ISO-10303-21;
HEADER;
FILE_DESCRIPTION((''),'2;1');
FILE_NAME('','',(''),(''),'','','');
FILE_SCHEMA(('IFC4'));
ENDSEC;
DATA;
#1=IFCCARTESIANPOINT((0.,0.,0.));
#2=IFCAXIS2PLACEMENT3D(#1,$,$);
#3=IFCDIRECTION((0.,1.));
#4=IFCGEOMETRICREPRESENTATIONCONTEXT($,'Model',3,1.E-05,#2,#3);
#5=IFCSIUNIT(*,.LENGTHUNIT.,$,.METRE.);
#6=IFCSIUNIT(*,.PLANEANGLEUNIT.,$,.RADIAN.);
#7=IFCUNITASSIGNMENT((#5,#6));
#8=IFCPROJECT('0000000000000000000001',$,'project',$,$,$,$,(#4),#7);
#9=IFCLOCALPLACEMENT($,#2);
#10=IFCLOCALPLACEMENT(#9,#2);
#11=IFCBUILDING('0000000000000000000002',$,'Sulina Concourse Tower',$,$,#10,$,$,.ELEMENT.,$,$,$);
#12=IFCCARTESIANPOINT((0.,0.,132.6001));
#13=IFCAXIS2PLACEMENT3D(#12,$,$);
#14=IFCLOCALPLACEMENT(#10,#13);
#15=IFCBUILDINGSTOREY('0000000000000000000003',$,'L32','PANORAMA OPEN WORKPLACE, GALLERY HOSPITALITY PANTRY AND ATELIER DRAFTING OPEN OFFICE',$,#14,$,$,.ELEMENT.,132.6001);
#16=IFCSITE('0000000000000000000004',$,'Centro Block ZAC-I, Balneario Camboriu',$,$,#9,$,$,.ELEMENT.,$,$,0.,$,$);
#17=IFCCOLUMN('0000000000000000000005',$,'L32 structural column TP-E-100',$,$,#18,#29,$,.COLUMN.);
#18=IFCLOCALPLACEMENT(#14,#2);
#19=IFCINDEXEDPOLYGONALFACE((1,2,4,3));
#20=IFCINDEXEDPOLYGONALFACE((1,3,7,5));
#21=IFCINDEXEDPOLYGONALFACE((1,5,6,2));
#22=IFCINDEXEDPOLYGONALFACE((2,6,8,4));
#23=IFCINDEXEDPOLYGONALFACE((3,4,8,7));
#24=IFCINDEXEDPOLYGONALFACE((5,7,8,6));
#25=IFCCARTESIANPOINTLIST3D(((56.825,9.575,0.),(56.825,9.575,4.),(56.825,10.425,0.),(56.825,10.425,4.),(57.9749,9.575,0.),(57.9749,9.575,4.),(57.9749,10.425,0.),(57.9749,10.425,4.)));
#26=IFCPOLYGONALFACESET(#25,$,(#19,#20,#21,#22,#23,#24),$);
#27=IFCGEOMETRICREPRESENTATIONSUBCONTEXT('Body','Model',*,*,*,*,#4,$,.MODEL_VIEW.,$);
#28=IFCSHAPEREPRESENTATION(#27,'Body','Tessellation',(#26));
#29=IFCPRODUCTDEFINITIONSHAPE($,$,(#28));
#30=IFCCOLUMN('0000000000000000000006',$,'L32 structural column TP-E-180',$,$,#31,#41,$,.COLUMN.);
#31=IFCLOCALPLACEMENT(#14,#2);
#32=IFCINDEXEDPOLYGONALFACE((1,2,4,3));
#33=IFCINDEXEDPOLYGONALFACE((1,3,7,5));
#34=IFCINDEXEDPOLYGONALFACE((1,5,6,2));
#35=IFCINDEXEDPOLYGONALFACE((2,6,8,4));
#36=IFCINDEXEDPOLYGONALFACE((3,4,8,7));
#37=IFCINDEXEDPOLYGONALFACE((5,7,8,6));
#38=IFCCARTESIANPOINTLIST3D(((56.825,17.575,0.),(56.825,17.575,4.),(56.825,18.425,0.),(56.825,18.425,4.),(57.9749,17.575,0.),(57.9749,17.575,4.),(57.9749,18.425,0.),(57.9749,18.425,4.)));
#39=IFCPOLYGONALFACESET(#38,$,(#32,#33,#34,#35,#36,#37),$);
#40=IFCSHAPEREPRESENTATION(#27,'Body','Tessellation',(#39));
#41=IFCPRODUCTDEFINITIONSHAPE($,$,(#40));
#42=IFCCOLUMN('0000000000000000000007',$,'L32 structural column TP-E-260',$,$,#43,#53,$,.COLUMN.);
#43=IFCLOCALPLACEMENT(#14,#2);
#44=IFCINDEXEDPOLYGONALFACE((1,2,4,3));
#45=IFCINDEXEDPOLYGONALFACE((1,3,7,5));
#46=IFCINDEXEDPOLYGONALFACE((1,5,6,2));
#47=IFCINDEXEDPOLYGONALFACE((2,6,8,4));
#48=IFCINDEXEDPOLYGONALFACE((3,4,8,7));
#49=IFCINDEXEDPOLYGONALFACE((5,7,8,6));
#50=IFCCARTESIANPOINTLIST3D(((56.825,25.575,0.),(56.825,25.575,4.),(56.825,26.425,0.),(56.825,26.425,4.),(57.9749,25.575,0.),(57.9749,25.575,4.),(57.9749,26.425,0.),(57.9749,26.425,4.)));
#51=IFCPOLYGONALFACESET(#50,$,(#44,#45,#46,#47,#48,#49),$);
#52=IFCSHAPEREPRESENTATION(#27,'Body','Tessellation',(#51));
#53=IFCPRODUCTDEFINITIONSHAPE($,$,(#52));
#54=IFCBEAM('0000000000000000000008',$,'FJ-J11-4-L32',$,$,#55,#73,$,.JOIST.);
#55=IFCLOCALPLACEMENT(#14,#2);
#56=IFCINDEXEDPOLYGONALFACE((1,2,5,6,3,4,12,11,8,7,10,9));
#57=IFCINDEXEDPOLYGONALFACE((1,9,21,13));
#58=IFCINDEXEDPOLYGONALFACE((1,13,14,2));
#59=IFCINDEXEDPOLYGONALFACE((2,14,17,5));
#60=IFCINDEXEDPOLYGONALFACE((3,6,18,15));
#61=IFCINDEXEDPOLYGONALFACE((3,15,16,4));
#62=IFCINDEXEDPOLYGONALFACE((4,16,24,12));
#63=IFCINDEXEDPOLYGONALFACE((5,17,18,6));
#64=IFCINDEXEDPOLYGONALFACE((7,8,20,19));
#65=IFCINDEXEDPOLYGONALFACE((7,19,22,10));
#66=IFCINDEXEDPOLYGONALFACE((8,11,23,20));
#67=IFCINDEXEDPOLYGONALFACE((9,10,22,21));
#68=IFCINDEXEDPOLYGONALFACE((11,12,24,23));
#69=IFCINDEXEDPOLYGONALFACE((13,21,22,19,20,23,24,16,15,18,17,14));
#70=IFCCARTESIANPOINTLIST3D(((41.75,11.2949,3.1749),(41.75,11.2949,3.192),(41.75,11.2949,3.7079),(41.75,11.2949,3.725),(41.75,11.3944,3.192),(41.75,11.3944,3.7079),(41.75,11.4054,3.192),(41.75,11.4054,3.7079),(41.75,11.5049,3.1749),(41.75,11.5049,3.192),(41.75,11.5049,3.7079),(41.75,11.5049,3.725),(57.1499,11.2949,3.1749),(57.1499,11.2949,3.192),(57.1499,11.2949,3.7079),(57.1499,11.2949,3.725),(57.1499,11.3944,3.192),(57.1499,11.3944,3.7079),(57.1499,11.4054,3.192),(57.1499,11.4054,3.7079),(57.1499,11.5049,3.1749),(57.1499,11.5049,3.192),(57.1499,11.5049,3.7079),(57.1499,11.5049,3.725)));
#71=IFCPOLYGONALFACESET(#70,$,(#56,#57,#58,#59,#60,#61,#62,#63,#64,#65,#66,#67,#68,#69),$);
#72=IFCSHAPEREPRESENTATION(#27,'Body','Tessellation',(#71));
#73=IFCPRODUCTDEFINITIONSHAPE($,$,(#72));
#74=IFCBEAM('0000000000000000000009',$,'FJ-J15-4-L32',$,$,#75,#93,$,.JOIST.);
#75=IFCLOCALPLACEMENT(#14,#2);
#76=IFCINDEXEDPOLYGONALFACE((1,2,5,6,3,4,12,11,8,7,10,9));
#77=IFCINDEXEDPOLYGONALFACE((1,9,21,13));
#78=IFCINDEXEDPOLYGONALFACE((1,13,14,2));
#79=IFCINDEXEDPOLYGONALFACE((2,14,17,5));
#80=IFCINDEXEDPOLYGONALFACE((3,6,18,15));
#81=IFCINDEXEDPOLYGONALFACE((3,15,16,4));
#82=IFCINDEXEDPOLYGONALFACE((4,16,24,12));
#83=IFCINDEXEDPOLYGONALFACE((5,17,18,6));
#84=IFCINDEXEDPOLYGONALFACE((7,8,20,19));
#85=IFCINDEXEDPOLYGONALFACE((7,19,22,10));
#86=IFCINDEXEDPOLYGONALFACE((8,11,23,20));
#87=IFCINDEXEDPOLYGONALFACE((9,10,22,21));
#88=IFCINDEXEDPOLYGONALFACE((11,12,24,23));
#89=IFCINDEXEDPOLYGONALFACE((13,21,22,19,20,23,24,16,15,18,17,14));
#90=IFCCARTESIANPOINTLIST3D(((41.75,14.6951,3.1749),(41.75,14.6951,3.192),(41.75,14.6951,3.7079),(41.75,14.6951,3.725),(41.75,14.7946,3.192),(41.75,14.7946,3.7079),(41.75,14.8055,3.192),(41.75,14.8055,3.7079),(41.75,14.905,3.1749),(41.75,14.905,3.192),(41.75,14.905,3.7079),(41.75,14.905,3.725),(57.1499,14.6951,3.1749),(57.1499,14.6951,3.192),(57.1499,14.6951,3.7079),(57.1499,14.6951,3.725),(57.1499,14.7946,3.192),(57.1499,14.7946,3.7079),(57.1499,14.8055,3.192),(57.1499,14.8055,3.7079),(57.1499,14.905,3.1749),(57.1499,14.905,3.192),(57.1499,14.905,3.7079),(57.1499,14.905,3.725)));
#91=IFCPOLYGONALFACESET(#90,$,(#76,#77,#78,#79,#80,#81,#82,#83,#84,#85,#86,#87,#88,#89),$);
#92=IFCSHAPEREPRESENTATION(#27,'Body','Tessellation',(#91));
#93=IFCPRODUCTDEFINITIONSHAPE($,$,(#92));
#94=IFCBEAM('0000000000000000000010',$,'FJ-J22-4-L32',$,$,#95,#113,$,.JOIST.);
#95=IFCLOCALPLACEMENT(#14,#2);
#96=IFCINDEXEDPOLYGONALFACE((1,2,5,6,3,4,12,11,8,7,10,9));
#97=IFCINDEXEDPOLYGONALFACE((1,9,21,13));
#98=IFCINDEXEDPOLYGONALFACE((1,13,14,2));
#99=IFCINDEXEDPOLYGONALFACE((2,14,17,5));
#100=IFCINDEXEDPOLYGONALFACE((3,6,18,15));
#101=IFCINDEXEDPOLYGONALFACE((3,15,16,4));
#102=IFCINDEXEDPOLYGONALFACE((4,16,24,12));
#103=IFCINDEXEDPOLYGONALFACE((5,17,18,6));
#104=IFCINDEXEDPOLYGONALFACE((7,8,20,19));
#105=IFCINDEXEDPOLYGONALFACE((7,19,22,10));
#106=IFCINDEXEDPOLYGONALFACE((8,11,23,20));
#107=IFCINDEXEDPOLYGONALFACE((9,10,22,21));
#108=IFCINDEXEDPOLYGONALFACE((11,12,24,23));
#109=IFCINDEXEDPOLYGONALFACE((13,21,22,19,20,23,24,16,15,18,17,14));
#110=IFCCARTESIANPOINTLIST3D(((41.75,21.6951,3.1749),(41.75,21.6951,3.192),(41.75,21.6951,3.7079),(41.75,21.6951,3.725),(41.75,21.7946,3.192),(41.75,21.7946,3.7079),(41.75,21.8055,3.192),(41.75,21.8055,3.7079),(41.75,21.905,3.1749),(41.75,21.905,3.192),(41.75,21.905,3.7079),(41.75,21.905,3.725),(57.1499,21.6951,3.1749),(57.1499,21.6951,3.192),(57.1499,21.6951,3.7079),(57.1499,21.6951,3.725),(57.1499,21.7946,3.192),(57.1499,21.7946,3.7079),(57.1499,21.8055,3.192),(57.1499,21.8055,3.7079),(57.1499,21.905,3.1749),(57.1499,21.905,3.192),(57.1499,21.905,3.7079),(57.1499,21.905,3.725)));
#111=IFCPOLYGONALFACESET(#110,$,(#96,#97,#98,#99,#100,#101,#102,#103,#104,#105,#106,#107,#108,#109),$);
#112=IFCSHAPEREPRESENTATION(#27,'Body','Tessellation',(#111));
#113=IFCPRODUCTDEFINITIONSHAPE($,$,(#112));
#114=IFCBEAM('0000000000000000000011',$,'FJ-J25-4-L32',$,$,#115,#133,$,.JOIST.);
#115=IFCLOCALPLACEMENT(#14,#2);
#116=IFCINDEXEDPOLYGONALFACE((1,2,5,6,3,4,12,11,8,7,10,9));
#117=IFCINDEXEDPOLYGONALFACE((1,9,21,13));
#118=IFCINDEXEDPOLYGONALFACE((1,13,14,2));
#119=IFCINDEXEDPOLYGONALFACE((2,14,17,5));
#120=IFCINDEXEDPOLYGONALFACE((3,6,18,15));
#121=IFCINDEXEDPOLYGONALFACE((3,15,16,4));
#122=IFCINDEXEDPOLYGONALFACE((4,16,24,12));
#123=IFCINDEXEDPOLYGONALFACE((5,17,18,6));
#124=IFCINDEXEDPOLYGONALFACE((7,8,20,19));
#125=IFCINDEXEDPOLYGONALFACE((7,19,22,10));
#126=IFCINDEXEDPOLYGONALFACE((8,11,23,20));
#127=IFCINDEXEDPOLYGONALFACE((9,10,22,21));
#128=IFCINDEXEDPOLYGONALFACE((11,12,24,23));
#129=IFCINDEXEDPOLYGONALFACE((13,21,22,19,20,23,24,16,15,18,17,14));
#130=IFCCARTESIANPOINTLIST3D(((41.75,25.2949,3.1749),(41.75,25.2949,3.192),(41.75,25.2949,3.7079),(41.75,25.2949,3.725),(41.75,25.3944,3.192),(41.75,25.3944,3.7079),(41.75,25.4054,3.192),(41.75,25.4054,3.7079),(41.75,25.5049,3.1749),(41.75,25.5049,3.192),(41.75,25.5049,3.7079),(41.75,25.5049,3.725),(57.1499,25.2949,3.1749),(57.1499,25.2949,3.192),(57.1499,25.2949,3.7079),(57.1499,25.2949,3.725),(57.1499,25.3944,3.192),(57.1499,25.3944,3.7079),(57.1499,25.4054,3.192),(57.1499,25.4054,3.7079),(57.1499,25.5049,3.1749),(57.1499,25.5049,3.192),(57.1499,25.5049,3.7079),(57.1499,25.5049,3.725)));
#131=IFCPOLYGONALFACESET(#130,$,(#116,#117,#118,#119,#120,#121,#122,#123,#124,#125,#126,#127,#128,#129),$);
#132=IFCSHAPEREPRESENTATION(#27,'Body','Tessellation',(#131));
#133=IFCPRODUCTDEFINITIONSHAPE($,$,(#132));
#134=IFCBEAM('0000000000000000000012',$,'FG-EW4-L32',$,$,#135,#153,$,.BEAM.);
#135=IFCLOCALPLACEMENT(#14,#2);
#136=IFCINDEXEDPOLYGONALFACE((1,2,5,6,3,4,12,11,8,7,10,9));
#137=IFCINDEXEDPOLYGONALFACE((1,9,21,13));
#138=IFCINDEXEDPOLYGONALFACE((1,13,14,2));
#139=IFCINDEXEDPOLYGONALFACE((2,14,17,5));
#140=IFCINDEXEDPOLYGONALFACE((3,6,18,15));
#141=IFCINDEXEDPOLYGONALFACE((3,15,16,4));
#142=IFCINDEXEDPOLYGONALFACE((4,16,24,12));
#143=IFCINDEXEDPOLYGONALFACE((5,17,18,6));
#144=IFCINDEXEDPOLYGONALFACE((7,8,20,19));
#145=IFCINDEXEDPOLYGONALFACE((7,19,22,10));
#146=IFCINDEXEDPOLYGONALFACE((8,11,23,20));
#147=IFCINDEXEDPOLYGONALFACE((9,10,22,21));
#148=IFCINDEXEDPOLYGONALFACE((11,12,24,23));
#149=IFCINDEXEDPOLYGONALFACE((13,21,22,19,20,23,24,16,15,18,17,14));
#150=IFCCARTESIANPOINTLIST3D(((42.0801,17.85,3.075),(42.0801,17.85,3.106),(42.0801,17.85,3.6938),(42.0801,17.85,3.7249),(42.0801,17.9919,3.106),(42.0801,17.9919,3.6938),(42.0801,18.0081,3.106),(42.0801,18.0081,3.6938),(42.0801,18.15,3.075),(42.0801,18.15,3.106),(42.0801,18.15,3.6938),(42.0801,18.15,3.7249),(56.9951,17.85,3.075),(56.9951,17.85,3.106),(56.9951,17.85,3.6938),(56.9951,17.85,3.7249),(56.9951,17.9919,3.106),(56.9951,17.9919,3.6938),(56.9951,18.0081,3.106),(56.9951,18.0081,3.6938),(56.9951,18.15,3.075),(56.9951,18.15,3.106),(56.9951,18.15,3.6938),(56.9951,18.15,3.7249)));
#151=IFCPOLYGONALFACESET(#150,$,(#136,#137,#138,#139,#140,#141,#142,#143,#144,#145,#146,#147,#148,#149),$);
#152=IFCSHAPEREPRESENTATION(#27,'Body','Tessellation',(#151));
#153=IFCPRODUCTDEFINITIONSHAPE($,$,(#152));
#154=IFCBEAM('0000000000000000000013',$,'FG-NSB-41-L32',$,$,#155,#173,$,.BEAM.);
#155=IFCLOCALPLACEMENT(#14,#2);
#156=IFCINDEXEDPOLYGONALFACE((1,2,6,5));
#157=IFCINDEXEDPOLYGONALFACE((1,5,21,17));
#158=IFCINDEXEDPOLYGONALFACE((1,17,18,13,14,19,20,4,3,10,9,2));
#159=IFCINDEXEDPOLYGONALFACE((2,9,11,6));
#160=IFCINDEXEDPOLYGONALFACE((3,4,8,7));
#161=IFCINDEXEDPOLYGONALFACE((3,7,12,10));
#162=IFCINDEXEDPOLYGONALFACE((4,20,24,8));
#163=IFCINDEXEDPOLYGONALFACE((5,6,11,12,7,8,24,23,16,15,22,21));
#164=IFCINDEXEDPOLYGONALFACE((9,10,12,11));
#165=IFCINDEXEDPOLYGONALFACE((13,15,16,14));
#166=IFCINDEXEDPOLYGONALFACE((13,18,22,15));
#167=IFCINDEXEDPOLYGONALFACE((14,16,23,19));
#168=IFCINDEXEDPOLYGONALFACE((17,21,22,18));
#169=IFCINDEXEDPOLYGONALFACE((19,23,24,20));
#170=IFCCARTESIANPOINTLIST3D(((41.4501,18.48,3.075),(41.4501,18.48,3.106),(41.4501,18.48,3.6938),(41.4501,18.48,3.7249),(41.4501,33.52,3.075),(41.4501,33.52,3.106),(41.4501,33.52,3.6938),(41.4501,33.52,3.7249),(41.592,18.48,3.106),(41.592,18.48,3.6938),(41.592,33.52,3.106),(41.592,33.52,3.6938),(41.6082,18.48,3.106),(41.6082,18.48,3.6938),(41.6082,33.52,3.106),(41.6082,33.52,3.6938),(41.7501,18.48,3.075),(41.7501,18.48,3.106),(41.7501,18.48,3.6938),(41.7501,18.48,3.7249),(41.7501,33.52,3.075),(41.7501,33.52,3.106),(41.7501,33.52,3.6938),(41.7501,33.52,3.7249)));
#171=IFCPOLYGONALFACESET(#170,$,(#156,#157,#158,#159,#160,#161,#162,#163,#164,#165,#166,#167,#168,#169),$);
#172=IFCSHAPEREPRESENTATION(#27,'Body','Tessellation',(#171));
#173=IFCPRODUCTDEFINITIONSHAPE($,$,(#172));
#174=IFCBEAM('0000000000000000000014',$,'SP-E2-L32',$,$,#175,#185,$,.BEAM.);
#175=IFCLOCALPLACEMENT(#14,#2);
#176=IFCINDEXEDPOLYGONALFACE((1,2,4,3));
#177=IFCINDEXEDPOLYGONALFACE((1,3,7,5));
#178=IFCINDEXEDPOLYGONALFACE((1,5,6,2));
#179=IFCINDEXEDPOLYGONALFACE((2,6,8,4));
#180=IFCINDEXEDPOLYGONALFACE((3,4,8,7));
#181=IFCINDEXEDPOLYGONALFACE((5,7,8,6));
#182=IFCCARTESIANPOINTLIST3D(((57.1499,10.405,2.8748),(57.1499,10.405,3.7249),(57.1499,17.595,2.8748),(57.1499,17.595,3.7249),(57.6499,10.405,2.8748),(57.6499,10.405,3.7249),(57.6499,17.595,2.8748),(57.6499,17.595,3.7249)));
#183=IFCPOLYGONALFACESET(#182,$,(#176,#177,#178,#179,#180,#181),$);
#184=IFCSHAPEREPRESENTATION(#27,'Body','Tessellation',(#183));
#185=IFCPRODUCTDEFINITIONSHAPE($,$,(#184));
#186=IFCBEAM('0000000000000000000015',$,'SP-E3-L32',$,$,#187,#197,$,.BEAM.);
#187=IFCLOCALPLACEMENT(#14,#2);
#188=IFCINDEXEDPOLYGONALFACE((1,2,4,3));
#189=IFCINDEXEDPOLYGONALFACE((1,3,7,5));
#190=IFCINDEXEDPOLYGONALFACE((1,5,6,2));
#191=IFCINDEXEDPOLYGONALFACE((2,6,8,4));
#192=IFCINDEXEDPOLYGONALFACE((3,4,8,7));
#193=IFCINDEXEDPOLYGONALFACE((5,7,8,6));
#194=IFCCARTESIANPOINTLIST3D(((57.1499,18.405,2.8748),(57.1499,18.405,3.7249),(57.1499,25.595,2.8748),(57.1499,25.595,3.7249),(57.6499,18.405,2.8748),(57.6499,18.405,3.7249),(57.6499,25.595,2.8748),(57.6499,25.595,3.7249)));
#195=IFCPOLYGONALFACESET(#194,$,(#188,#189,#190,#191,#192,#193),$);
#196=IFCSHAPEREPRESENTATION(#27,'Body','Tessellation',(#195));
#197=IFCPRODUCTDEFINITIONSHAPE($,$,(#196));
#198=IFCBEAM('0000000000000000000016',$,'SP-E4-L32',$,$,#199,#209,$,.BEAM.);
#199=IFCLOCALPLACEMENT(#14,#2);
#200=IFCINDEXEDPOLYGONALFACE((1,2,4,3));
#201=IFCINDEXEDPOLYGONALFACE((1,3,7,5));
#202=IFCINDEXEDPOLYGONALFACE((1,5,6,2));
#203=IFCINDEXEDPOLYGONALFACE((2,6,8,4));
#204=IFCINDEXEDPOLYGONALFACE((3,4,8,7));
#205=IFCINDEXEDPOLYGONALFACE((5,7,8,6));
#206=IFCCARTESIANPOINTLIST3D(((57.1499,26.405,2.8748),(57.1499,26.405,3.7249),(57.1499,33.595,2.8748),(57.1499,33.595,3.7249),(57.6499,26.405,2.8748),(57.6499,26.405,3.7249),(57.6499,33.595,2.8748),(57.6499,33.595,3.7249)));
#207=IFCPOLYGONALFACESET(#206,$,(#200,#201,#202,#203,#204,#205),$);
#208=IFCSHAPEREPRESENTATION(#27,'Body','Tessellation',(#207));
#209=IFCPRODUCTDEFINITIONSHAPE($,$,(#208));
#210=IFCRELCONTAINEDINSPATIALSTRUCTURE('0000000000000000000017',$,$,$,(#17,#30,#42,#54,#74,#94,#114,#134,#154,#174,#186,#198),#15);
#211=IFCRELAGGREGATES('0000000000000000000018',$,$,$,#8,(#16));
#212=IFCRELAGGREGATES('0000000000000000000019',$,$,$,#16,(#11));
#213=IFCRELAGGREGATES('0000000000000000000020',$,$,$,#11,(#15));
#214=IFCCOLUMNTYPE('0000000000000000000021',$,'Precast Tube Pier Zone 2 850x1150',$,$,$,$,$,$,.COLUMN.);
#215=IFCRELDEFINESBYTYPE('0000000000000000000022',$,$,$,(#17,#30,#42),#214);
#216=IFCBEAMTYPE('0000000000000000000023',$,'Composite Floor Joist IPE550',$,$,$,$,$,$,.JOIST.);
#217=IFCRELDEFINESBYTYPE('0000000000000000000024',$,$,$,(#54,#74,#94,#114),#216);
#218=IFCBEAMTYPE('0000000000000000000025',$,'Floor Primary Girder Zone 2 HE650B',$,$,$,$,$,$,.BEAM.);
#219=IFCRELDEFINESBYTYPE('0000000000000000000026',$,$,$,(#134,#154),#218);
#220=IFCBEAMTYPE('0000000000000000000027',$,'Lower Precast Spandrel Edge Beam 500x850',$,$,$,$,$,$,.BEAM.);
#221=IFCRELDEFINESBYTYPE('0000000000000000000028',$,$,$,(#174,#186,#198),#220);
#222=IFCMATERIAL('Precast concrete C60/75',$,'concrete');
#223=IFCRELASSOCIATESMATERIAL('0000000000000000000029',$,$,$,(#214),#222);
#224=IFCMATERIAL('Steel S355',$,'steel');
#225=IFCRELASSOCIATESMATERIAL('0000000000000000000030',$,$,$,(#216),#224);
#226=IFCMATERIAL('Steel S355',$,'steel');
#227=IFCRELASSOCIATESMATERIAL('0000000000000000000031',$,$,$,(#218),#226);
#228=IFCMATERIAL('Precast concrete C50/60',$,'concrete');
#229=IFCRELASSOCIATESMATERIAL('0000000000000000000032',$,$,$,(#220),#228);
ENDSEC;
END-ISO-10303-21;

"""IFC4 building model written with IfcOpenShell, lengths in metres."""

from ifc_helpers import new_model, si_unit, direction, frame, origin, origin_2d, place, context, subcontext, project, spatial, rectangle, i_section, extrude, material, material_profile, profile_set, type_object, element, save


model = new_model("IFC4")

# Units and contexts
model_context = context("Model", 3, precision=1e-05, world=origin(), true_north=direction((0.0, 1.0)))
body_context = subcontext(model_context, "Body", "Model", "MODEL_VIEW")
ifc_project = project(units=[si_unit("LENGTHUNIT", "METRE"), si_unit("PLANEANGLEUNIT", "RADIAN")], contexts=[model_context])

# Site, building, storey
site_placement = place(None, origin())
site = spatial("IfcSite", under=ifc_project, at=site_placement, Name="Centro Block ZAC-I, Balneario Camboriu", CompositionType="ELEMENT", RefElevation=0.0)
building_placement = place(site_placement, origin())
building = spatial("IfcBuilding", under=site, at=building_placement, Name="Sulina Concourse Tower", CompositionType="ELEMENT")
storey_placement = place(building_placement, frame((0.0, 0.0, 132.6001)))
storey = spatial("IfcBuildingStorey", under=building, at=storey_placement, Name="L32", Description="PANORAMA OPEN WORKPLACE, GALLERY HOSPITALITY PANTRY AND ATELIER DRAFTING OPEN OFFICE", CompositionType="ELEMENT", Elevation=132.6001)

# Columns
ifc_material_1 = material(Name="Precast concrete C60/75", Category="concrete")
ifc_material_profile_1 = material_profile(ifc_material_1, rectangle(XDim=0.8501, YDim=1.1499, at=origin_2d()), Name="PC 850x1150")
ifc_profile_set_1 = profile_set([ifc_material_profile_1], Name="Precast concrete C60/75")
column_type = type_object("IfcColumnType", Name="Precast Tube Pier Zone 2 850x1150", PredefinedType="COLUMN", material=ifc_profile_set_1)
for number, where, z_axis, x_axis, name in (
    (1, (57.3999, 10.0, 0.0), (0.0, 0.0, 1.0), (0.0, 1.0, 0.0), "L32 structural column TP-E-100"),
    (2, (57.3999, 18.0, 0.0), (0.0, 0.0, 1.0), (0.0, 1.0, 0.0), "L32 structural column TP-E-180"),
    (3, (57.3999, 26.0, 0.0), (0.0, 0.0, 1.0), (0.0, 1.0, 0.0), "L32 structural column TP-E-260"),
):
    element("IfcColumn", number, at=place(storey_placement, frame(where, z_axis=z_axis, x_axis=x_axis)), inside=storey, type_object=column_type, Name=name, PredefinedType="COLUMN", context=body_context, shape_type="SweptSolid", body=[
        extrude(rectangle(XDim=0.8501, YDim=1.1499, at=origin_2d()), origin(), (0.0, 0.0, 1.0), 4.0),
    ])

# Beams
ifc_material_2 = material(Name="Steel S355", Category="steel")
ifc_material_profile_2 = material_profile(ifc_material_2, i_section(OverallWidth=0.21, OverallDepth=0.55, WebThickness=0.011, FlangeThickness=0.0171, at=origin_2d()), Name="IPE 550")
ifc_profile_set_2 = profile_set([ifc_material_profile_2], Name="Steel S355")
beam_type_1 = type_object("IfcBeamType", Name="Composite Floor Joist IPE550", PredefinedType="JOIST", material=ifc_profile_set_2)
for number, where, z_axis, x_axis, name in (
    (4, (41.75, 11.3999, 3.45), (1.0, 0.0, 0.0), (0.0, 1.0, 0.0), "FJ-J11-4-L32"),
    (5, (41.75, 14.8, 3.45), (1.0, 0.0, 0.0), (0.0, 1.0, 0.0), "FJ-J15-4-L32"),
    (6, (41.75, 21.8, 3.45), (1.0, 0.0, 0.0), (0.0, 1.0, 0.0), "FJ-J22-4-L32"),
    (7, (41.75, 25.3999, 3.45), (1.0, 0.0, 0.0), (0.0, 1.0, 0.0), "FJ-J25-4-L32"),
):
    element("IfcBeam", number, at=place(storey_placement, frame(where, z_axis=z_axis, x_axis=x_axis)), inside=storey, type_object=beam_type_1, Name=name, PredefinedType="JOIST", context=body_context, shape_type="SweptSolid", body=[
        extrude(i_section(OverallWidth=0.21, OverallDepth=0.55, WebThickness=0.011, FlangeThickness=0.0171, at=origin_2d()), origin(), (0.0, 0.0, 1.0), 15.3999),
    ])
ifc_material_3 = material(Name="Steel S355", Category="steel")
ifc_material_profile_3 = material_profile(ifc_material_3, i_section(OverallWidth=0.3, OverallDepth=0.6499, WebThickness=0.0161, FlangeThickness=0.031, at=origin_2d()), Name="HE 650 B")
ifc_profile_set_3 = profile_set([ifc_material_profile_3], Name="Steel S355")
beam_type_2 = type_object("IfcBeamType", Name="Floor Primary Girder Zone 2 HE650B", PredefinedType="BEAM", material=ifc_profile_set_3)
beam_1_placement = place(storey_placement, frame((42.0801, 18.0, 3.3999), z_axis=(1.0, 0.0, 0.0), x_axis=(0.0, 1.0, 0.0)))
element("IfcBeam", 8, at=beam_1_placement, inside=storey, type_object=beam_type_2, Name="FG-EW4-L32", PredefinedType="BEAM", context=body_context, shape_type="SweptSolid", body=[
    extrude(i_section(OverallWidth=0.3, OverallDepth=0.6499, WebThickness=0.0161, FlangeThickness=0.031, at=origin_2d()), origin(), (0.0, 0.0, 1.0), 14.915),
])
beam_2_placement = place(storey_placement, frame((41.6001, 18.48, 3.3999), z_axis=(0.0, 1.0, 0.0), x_axis=(-1.0, 0.0, 0.0)))
element("IfcBeam", 9, at=beam_2_placement, inside=storey, type_object=beam_type_2, Name="FG-NSB-41-L32", PredefinedType="BEAM", context=body_context, shape_type="SweptSolid", body=[
    extrude(i_section(OverallWidth=0.3, OverallDepth=0.6499, WebThickness=0.0161, FlangeThickness=0.031, at=origin_2d()), origin(), (0.0, 0.0, 1.0), 15.04),
])
ifc_material_4 = material(Name="Precast concrete C50/60", Category="concrete")
ifc_material_profile_4 = material_profile(ifc_material_4, rectangle(XDim=0.5, YDim=0.8501, at=origin_2d()), Name="RC 500x850")
ifc_profile_set_4 = profile_set([ifc_material_profile_4], Name="Precast concrete C50/60")
beam_type_3 = type_object("IfcBeamType", Name="Lower Precast Spandrel Edge Beam 500x850", PredefinedType="BEAM", material=ifc_profile_set_4)
for number, where, z_axis, x_axis, name in (
    (10, (57.3999, 10.405, 3.2998), (0.0, 1.0, 0.0), (-1.0, 0.0, 0.0), "SP-E2-L32"),
    (11, (57.3999, 18.405, 3.2998), (0.0, 1.0, 0.0), (-1.0, 0.0, 0.0), "SP-E3-L32"),
    (12, (57.3999, 26.405, 3.2998), (0.0, 1.0, 0.0), (-1.0, 0.0, 0.0), "SP-E4-L32"),
):
    element("IfcBeam", number, at=place(storey_placement, frame(where, z_axis=z_axis, x_axis=x_axis)), inside=storey, type_object=beam_type_3, Name=name, PredefinedType="BEAM", context=body_context, shape_type="SweptSolid", body=[
        extrude(rectangle(XDim=0.5, YDim=0.8501, at=origin_2d()), origin(), (0.0, 0.0, 1.0), 7.1899),
    ])

save(model, "model.ifc")
